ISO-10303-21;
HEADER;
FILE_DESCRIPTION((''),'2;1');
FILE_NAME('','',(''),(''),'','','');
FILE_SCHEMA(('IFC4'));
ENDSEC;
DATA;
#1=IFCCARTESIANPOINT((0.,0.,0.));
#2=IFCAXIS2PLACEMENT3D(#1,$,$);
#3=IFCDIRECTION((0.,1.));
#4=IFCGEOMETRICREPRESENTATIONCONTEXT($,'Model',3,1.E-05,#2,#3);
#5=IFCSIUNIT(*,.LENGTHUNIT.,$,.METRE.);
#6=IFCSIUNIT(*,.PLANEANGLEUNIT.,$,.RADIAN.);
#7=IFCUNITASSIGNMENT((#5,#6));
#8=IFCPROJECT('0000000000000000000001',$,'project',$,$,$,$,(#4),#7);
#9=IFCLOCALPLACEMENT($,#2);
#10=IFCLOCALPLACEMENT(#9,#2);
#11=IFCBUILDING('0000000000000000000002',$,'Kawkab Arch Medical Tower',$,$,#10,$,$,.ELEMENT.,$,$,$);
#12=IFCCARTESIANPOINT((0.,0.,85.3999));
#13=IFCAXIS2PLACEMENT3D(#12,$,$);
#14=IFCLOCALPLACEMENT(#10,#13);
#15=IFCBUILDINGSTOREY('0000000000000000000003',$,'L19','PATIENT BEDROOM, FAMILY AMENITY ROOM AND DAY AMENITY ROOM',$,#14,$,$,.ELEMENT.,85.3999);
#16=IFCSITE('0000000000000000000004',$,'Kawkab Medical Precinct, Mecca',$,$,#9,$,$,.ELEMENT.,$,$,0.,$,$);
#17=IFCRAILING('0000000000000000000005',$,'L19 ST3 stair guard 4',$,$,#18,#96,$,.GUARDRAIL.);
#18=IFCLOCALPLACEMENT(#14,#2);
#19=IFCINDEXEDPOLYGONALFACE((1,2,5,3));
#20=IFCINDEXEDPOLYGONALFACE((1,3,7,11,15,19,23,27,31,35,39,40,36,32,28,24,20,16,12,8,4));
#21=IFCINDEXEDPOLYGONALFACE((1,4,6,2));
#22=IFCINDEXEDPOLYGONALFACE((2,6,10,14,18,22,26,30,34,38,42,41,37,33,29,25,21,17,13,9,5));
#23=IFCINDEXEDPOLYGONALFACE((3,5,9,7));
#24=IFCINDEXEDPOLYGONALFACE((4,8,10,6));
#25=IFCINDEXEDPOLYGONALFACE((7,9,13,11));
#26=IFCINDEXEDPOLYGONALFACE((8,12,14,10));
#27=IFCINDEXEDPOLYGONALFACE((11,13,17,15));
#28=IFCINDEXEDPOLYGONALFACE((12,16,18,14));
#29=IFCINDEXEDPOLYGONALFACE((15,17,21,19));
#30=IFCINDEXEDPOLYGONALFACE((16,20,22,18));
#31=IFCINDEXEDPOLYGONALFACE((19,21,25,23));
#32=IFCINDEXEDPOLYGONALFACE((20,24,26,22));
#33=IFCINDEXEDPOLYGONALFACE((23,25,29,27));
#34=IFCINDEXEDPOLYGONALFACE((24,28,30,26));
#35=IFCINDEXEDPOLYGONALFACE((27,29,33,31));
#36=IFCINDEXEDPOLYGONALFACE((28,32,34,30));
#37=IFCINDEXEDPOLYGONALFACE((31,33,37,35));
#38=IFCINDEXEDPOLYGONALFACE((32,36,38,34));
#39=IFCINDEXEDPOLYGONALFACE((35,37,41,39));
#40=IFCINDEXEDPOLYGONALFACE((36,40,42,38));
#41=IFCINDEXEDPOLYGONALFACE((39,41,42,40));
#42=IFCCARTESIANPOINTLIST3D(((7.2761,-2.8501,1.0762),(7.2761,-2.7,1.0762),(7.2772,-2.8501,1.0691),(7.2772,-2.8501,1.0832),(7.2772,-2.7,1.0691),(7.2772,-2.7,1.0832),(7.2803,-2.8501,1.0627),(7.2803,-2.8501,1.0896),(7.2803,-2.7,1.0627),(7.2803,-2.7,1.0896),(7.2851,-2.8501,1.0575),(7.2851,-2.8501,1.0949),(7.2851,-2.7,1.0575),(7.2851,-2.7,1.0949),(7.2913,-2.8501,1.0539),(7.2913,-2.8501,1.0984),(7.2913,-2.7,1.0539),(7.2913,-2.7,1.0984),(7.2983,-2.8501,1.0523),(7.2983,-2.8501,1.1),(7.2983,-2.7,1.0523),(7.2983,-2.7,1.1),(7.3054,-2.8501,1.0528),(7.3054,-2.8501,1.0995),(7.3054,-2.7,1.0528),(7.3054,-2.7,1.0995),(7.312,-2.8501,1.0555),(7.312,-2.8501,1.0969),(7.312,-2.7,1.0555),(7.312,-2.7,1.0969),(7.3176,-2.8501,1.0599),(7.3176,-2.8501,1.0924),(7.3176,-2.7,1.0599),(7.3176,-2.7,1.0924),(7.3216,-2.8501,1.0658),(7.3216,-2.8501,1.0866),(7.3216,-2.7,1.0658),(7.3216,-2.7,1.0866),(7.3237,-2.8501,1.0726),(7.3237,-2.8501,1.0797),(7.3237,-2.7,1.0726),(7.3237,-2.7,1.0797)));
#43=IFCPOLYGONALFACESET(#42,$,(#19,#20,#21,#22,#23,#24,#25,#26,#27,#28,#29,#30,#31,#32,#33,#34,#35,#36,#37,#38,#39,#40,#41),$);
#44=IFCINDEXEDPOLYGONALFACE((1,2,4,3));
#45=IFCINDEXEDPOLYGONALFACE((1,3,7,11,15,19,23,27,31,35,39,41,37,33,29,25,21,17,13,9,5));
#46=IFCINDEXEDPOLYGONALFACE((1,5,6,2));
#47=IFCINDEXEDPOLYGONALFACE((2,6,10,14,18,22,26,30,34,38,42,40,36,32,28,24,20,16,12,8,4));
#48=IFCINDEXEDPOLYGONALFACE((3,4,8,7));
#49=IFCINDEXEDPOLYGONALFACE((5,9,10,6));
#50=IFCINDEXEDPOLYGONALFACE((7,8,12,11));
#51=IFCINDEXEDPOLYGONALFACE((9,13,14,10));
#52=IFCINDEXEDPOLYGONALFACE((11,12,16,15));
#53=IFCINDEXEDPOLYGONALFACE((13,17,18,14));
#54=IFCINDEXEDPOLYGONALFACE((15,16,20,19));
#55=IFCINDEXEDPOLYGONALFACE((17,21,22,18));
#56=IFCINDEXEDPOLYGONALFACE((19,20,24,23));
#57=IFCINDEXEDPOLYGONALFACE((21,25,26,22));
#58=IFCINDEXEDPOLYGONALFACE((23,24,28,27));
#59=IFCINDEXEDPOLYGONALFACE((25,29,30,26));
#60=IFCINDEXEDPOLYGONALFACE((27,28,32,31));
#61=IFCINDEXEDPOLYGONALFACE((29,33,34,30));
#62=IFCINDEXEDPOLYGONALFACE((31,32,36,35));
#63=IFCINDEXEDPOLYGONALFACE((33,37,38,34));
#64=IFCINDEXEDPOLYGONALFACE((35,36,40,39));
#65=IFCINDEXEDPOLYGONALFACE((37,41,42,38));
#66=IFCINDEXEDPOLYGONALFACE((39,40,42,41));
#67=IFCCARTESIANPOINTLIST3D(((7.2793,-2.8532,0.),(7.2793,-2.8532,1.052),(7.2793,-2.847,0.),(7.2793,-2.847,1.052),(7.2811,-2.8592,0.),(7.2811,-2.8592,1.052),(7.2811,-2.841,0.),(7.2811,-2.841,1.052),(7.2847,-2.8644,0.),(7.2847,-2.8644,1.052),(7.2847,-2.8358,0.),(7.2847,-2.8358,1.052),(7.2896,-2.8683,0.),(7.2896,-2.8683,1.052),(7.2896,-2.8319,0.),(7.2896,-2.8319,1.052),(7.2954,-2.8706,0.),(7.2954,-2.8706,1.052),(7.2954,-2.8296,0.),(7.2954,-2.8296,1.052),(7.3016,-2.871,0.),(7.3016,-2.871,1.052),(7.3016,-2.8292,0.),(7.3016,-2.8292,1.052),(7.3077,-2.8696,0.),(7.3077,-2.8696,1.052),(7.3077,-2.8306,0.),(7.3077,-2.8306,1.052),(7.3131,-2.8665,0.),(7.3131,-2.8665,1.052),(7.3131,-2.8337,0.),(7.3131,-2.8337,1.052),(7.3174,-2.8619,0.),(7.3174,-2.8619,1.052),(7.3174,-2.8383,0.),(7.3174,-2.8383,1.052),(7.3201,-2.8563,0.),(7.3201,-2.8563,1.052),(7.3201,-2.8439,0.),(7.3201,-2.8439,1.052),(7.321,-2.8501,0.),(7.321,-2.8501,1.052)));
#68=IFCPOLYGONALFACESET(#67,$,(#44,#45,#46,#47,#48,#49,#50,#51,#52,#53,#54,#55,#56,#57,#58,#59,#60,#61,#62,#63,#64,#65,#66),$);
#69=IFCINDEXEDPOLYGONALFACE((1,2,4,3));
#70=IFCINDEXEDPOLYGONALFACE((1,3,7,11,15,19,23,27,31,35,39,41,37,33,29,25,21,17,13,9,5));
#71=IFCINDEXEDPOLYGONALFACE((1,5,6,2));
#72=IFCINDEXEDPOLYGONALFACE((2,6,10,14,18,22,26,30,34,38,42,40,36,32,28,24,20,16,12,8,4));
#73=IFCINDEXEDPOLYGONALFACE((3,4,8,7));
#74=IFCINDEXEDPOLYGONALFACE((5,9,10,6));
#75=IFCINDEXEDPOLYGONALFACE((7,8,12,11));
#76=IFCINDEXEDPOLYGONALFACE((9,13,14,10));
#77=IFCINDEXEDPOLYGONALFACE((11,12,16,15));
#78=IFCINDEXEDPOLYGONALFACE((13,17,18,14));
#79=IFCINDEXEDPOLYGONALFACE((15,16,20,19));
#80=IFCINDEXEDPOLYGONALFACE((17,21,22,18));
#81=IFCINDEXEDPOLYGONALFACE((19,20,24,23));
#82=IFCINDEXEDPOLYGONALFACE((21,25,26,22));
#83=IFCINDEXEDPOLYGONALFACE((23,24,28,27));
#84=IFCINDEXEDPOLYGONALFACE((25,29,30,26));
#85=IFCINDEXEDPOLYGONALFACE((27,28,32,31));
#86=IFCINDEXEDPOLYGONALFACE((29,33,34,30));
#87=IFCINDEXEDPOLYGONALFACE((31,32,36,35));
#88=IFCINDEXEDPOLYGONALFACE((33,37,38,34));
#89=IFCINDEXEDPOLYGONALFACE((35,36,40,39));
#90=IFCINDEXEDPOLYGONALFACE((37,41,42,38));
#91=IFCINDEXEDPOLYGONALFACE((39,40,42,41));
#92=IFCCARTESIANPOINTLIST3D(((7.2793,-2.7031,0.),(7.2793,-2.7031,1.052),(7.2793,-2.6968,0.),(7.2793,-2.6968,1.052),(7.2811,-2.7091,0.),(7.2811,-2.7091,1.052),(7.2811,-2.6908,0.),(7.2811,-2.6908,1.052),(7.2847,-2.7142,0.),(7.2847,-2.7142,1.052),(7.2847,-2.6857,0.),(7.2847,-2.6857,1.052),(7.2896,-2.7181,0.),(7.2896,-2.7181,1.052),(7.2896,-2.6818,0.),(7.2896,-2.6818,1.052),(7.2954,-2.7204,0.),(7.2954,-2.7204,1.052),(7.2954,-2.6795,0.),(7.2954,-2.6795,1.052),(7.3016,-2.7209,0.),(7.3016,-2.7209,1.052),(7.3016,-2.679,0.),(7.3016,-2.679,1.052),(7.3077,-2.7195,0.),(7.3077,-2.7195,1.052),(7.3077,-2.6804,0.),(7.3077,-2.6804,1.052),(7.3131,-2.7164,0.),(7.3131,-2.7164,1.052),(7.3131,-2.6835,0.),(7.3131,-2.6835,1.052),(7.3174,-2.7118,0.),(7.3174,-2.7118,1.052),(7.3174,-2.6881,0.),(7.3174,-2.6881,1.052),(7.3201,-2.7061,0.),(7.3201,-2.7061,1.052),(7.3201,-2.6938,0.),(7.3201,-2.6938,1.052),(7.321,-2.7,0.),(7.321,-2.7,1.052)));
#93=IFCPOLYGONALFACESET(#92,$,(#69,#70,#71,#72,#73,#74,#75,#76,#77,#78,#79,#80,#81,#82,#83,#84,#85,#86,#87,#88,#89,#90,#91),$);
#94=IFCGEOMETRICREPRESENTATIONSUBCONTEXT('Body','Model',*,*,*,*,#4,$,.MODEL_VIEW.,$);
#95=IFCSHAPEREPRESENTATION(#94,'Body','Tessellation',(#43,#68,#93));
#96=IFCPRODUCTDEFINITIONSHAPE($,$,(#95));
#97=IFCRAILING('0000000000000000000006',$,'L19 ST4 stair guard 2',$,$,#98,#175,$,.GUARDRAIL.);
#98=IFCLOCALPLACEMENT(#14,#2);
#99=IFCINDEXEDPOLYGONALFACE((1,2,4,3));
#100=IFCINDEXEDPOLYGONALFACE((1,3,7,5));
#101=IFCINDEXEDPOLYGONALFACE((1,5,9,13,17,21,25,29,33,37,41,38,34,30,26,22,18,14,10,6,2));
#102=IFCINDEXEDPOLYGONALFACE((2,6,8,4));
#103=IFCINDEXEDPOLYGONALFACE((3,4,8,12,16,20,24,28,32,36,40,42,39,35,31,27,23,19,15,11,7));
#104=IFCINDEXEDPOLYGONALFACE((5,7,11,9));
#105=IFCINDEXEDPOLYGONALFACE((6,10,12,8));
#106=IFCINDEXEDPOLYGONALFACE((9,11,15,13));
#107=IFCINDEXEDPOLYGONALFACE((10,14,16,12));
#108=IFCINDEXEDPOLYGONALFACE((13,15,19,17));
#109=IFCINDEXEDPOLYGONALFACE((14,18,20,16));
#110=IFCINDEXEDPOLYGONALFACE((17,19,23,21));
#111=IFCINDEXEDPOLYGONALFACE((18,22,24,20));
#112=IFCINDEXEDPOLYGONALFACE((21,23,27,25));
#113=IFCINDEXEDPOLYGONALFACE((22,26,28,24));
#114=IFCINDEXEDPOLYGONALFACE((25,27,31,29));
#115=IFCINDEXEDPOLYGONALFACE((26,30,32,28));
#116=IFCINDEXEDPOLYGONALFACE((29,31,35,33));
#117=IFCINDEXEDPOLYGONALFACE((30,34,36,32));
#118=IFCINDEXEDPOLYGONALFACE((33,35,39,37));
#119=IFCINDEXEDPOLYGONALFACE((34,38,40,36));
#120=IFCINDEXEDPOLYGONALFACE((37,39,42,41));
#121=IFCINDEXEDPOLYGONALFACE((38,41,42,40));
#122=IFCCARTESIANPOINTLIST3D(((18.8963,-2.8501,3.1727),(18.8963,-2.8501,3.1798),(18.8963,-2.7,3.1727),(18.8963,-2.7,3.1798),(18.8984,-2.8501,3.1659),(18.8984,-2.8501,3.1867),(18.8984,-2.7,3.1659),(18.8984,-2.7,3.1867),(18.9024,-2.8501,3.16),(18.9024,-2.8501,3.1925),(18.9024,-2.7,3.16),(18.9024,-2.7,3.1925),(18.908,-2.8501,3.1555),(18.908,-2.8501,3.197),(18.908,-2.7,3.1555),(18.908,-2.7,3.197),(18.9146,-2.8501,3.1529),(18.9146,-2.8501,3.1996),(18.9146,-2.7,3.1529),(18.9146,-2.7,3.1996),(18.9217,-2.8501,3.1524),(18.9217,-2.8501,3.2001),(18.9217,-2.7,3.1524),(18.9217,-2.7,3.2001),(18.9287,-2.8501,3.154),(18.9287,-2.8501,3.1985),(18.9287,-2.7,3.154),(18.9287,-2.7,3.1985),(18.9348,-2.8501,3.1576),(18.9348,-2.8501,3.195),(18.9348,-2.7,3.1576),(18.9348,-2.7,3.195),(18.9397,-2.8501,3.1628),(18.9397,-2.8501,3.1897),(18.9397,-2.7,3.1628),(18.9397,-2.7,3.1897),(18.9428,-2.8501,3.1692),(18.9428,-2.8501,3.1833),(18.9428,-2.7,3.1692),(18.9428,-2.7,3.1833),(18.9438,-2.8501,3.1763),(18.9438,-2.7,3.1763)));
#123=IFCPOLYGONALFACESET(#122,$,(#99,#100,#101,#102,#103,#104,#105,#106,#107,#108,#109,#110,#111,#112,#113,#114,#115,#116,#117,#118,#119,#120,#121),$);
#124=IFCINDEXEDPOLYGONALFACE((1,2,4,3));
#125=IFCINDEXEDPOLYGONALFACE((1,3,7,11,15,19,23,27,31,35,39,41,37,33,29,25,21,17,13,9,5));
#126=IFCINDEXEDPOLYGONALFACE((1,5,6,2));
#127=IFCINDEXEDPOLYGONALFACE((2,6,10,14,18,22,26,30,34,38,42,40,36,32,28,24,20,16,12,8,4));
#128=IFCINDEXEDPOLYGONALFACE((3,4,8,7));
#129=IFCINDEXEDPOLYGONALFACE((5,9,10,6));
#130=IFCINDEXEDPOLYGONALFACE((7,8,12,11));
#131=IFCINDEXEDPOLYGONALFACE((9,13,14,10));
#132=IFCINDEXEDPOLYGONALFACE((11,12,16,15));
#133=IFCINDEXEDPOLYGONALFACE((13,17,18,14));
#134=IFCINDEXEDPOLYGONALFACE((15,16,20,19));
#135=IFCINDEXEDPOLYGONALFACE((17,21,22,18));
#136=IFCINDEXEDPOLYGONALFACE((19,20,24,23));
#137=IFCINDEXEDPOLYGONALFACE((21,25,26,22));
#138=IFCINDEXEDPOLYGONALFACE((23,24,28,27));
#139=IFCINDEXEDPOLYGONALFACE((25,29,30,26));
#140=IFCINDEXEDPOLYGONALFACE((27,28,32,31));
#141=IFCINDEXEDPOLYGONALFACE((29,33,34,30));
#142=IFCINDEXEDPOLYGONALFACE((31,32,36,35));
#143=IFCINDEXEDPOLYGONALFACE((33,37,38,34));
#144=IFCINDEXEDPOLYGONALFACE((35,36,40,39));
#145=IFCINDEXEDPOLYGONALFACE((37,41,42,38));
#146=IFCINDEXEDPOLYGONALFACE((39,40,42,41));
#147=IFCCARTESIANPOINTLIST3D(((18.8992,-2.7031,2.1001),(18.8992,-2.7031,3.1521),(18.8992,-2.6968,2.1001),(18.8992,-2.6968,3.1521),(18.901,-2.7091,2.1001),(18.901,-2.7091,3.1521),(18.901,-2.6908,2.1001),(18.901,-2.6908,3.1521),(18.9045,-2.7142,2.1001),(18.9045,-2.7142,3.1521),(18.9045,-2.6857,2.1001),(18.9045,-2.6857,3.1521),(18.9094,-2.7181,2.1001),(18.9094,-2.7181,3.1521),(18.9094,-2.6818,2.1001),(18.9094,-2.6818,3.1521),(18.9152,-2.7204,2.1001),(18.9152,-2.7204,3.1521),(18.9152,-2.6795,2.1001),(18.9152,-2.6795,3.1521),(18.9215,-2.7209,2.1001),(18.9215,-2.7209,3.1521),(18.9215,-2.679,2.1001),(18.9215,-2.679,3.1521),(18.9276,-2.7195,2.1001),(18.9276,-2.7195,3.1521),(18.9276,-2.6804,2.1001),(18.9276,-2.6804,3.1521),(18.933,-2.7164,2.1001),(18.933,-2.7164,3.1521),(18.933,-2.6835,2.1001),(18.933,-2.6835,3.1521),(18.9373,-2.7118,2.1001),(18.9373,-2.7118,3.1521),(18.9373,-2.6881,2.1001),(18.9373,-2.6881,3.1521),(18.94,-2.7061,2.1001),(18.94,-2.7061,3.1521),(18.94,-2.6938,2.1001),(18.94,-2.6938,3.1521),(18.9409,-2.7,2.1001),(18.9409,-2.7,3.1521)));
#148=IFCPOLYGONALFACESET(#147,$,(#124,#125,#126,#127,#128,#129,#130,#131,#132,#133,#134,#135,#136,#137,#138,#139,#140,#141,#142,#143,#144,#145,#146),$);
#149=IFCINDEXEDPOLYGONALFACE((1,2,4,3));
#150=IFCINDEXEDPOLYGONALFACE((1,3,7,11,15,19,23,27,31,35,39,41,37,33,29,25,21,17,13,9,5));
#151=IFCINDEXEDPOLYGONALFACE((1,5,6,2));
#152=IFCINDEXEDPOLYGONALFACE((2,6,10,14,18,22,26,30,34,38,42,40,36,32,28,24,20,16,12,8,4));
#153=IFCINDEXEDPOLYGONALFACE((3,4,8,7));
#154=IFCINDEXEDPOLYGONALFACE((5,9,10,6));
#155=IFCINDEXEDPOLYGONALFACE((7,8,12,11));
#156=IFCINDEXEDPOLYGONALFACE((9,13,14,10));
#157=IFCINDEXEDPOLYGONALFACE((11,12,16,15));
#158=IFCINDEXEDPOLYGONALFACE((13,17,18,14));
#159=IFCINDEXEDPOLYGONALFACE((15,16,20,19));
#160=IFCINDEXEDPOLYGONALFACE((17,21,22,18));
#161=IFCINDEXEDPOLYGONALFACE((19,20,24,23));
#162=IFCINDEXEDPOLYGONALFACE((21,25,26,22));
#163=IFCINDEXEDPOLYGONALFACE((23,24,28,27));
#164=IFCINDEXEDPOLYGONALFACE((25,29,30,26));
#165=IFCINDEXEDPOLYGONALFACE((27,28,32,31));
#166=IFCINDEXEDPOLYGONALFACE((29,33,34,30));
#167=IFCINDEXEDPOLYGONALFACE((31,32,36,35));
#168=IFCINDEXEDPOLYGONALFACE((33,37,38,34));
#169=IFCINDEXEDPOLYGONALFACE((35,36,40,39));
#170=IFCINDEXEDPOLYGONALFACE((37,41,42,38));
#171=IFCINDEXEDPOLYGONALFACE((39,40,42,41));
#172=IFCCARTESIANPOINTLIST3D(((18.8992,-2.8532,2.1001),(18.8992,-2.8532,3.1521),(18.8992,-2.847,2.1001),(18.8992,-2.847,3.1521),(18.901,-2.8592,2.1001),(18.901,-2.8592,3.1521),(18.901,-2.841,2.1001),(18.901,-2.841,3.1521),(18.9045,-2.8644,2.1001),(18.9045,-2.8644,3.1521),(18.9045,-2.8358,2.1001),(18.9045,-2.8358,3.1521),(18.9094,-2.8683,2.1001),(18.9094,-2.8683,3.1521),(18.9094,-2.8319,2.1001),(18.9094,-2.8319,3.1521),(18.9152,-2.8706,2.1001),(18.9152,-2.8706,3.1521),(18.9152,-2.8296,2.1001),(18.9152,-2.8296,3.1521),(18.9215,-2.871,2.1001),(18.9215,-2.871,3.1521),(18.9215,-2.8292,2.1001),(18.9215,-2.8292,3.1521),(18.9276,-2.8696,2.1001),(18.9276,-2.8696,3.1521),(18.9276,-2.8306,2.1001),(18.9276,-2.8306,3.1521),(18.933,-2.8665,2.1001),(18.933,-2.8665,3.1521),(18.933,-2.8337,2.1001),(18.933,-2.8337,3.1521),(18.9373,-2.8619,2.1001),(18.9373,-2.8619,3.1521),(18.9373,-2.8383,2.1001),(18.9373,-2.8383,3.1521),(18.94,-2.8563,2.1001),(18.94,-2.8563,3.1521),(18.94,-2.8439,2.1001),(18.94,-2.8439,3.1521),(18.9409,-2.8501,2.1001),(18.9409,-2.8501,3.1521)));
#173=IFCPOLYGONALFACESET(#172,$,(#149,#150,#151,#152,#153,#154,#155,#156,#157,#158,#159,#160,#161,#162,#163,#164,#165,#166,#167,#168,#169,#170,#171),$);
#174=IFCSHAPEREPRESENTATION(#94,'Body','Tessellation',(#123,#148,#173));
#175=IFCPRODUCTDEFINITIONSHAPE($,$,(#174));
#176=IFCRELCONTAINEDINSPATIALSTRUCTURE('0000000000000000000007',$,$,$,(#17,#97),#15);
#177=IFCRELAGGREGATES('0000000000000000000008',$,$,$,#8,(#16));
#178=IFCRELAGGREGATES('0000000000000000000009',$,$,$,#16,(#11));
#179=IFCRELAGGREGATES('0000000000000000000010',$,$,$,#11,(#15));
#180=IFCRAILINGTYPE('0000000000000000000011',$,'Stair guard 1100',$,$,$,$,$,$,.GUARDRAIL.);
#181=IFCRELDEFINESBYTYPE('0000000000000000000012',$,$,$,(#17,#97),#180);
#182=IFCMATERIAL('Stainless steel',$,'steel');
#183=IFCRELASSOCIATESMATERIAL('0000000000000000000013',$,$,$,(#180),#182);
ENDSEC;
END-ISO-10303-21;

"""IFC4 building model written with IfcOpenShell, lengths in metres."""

from ifc_helpers import new_model, si_unit, direction, frame, origin, origin_2d, place, context, subcontext, project, spatial, circle, extrude, material, type_object, element, save


model = new_model("IFC4")

# Units and contexts
model_context = context("Model", 3, precision=1e-05, world=origin(), true_north=direction((0.0, 1.0)))
body_context = subcontext(model_context, "Body", "Model", "MODEL_VIEW")
ifc_project = project(units=[si_unit("LENGTHUNIT", "METRE"), si_unit("PLANEANGLEUNIT", "RADIAN")], contexts=[model_context])

# Site, building, storey
site_placement = place(None, origin())
site = spatial("IfcSite", under=ifc_project, at=site_placement, Name="Kawkab Medical Precinct, Mecca", CompositionType="ELEMENT", RefElevation=0.0)
building_placement = place(site_placement, origin())
building = spatial("IfcBuilding", under=site, at=building_placement, Name="Kawkab Arch Medical Tower", CompositionType="ELEMENT")
storey_placement = place(building_placement, frame((0.0, 0.0, 85.3999)))
storey = spatial("IfcBuildingStorey", under=building, at=storey_placement, Name="L19", Description="PATIENT BEDROOM, FAMILY AMENITY ROOM AND DAY AMENITY ROOM", CompositionType="ELEMENT", Elevation=85.3999)

# Railings
ifc_material_1 = material(Name="Stainless steel", Category="steel")
railing_type_1 = type_object("IfcRailingType", Name="Stair guard 1100", PredefinedType="GUARDRAIL", material=ifc_material_1)
railing_1_placement = place(storey_placement, frame((7.3, -2.8501, 0.0)))
element("IfcRailing", 1, at=railing_1_placement, inside=storey, type_object=railing_type_1, Name="L19 ST3 stair guard 4", PredefinedType="GUARDRAIL", context=body_context, shape_type="SweptSolid", body=[
    extrude(circle(Radius=0.0239, at=origin_2d()), frame((0.0, 0.0, 1.0762), z_axis=(0.0, 1.0, 0.0), x_axis=(-1.0, 0.0, 0.0)), (0.0, 0.0, 1.0), 0.1501),
    extrude(circle(Radius=0.021, at=origin_2d()), origin(), (0.0, 0.0, 1.0), 1.052),
    extrude(circle(Radius=0.021, at=origin_2d()), frame((0.0, 0.1501, 0.0)), (0.0, 0.0, 1.0), 1.052),
])
railing_2_placement = place(storey_placement, frame((18.9199, -2.7, 2.1001)))
element("IfcRailing", 2, at=railing_2_placement, inside=storey, type_object=railing_type_1, Name="L19 ST4 stair guard 2", PredefinedType="GUARDRAIL", context=body_context, shape_type="SweptSolid", body=[
    extrude(circle(Radius=0.0239, at=origin_2d()), frame((0.0, 0.0, 1.0762), z_axis=(0.0, -1.0, 0.0), x_axis=(1.0, 0.0, 0.0)), (0.0, 0.0, 1.0), 0.1501),
    extrude(circle(Radius=0.021, at=origin_2d()), origin(), (0.0, 0.0, 1.0), 1.052),
    extrude(circle(Radius=0.021, at=origin_2d()), frame((0.0, -0.1501, 0.0)), (0.0, 0.0, 1.0), 1.052),
])

save(model, "model.ifc")
